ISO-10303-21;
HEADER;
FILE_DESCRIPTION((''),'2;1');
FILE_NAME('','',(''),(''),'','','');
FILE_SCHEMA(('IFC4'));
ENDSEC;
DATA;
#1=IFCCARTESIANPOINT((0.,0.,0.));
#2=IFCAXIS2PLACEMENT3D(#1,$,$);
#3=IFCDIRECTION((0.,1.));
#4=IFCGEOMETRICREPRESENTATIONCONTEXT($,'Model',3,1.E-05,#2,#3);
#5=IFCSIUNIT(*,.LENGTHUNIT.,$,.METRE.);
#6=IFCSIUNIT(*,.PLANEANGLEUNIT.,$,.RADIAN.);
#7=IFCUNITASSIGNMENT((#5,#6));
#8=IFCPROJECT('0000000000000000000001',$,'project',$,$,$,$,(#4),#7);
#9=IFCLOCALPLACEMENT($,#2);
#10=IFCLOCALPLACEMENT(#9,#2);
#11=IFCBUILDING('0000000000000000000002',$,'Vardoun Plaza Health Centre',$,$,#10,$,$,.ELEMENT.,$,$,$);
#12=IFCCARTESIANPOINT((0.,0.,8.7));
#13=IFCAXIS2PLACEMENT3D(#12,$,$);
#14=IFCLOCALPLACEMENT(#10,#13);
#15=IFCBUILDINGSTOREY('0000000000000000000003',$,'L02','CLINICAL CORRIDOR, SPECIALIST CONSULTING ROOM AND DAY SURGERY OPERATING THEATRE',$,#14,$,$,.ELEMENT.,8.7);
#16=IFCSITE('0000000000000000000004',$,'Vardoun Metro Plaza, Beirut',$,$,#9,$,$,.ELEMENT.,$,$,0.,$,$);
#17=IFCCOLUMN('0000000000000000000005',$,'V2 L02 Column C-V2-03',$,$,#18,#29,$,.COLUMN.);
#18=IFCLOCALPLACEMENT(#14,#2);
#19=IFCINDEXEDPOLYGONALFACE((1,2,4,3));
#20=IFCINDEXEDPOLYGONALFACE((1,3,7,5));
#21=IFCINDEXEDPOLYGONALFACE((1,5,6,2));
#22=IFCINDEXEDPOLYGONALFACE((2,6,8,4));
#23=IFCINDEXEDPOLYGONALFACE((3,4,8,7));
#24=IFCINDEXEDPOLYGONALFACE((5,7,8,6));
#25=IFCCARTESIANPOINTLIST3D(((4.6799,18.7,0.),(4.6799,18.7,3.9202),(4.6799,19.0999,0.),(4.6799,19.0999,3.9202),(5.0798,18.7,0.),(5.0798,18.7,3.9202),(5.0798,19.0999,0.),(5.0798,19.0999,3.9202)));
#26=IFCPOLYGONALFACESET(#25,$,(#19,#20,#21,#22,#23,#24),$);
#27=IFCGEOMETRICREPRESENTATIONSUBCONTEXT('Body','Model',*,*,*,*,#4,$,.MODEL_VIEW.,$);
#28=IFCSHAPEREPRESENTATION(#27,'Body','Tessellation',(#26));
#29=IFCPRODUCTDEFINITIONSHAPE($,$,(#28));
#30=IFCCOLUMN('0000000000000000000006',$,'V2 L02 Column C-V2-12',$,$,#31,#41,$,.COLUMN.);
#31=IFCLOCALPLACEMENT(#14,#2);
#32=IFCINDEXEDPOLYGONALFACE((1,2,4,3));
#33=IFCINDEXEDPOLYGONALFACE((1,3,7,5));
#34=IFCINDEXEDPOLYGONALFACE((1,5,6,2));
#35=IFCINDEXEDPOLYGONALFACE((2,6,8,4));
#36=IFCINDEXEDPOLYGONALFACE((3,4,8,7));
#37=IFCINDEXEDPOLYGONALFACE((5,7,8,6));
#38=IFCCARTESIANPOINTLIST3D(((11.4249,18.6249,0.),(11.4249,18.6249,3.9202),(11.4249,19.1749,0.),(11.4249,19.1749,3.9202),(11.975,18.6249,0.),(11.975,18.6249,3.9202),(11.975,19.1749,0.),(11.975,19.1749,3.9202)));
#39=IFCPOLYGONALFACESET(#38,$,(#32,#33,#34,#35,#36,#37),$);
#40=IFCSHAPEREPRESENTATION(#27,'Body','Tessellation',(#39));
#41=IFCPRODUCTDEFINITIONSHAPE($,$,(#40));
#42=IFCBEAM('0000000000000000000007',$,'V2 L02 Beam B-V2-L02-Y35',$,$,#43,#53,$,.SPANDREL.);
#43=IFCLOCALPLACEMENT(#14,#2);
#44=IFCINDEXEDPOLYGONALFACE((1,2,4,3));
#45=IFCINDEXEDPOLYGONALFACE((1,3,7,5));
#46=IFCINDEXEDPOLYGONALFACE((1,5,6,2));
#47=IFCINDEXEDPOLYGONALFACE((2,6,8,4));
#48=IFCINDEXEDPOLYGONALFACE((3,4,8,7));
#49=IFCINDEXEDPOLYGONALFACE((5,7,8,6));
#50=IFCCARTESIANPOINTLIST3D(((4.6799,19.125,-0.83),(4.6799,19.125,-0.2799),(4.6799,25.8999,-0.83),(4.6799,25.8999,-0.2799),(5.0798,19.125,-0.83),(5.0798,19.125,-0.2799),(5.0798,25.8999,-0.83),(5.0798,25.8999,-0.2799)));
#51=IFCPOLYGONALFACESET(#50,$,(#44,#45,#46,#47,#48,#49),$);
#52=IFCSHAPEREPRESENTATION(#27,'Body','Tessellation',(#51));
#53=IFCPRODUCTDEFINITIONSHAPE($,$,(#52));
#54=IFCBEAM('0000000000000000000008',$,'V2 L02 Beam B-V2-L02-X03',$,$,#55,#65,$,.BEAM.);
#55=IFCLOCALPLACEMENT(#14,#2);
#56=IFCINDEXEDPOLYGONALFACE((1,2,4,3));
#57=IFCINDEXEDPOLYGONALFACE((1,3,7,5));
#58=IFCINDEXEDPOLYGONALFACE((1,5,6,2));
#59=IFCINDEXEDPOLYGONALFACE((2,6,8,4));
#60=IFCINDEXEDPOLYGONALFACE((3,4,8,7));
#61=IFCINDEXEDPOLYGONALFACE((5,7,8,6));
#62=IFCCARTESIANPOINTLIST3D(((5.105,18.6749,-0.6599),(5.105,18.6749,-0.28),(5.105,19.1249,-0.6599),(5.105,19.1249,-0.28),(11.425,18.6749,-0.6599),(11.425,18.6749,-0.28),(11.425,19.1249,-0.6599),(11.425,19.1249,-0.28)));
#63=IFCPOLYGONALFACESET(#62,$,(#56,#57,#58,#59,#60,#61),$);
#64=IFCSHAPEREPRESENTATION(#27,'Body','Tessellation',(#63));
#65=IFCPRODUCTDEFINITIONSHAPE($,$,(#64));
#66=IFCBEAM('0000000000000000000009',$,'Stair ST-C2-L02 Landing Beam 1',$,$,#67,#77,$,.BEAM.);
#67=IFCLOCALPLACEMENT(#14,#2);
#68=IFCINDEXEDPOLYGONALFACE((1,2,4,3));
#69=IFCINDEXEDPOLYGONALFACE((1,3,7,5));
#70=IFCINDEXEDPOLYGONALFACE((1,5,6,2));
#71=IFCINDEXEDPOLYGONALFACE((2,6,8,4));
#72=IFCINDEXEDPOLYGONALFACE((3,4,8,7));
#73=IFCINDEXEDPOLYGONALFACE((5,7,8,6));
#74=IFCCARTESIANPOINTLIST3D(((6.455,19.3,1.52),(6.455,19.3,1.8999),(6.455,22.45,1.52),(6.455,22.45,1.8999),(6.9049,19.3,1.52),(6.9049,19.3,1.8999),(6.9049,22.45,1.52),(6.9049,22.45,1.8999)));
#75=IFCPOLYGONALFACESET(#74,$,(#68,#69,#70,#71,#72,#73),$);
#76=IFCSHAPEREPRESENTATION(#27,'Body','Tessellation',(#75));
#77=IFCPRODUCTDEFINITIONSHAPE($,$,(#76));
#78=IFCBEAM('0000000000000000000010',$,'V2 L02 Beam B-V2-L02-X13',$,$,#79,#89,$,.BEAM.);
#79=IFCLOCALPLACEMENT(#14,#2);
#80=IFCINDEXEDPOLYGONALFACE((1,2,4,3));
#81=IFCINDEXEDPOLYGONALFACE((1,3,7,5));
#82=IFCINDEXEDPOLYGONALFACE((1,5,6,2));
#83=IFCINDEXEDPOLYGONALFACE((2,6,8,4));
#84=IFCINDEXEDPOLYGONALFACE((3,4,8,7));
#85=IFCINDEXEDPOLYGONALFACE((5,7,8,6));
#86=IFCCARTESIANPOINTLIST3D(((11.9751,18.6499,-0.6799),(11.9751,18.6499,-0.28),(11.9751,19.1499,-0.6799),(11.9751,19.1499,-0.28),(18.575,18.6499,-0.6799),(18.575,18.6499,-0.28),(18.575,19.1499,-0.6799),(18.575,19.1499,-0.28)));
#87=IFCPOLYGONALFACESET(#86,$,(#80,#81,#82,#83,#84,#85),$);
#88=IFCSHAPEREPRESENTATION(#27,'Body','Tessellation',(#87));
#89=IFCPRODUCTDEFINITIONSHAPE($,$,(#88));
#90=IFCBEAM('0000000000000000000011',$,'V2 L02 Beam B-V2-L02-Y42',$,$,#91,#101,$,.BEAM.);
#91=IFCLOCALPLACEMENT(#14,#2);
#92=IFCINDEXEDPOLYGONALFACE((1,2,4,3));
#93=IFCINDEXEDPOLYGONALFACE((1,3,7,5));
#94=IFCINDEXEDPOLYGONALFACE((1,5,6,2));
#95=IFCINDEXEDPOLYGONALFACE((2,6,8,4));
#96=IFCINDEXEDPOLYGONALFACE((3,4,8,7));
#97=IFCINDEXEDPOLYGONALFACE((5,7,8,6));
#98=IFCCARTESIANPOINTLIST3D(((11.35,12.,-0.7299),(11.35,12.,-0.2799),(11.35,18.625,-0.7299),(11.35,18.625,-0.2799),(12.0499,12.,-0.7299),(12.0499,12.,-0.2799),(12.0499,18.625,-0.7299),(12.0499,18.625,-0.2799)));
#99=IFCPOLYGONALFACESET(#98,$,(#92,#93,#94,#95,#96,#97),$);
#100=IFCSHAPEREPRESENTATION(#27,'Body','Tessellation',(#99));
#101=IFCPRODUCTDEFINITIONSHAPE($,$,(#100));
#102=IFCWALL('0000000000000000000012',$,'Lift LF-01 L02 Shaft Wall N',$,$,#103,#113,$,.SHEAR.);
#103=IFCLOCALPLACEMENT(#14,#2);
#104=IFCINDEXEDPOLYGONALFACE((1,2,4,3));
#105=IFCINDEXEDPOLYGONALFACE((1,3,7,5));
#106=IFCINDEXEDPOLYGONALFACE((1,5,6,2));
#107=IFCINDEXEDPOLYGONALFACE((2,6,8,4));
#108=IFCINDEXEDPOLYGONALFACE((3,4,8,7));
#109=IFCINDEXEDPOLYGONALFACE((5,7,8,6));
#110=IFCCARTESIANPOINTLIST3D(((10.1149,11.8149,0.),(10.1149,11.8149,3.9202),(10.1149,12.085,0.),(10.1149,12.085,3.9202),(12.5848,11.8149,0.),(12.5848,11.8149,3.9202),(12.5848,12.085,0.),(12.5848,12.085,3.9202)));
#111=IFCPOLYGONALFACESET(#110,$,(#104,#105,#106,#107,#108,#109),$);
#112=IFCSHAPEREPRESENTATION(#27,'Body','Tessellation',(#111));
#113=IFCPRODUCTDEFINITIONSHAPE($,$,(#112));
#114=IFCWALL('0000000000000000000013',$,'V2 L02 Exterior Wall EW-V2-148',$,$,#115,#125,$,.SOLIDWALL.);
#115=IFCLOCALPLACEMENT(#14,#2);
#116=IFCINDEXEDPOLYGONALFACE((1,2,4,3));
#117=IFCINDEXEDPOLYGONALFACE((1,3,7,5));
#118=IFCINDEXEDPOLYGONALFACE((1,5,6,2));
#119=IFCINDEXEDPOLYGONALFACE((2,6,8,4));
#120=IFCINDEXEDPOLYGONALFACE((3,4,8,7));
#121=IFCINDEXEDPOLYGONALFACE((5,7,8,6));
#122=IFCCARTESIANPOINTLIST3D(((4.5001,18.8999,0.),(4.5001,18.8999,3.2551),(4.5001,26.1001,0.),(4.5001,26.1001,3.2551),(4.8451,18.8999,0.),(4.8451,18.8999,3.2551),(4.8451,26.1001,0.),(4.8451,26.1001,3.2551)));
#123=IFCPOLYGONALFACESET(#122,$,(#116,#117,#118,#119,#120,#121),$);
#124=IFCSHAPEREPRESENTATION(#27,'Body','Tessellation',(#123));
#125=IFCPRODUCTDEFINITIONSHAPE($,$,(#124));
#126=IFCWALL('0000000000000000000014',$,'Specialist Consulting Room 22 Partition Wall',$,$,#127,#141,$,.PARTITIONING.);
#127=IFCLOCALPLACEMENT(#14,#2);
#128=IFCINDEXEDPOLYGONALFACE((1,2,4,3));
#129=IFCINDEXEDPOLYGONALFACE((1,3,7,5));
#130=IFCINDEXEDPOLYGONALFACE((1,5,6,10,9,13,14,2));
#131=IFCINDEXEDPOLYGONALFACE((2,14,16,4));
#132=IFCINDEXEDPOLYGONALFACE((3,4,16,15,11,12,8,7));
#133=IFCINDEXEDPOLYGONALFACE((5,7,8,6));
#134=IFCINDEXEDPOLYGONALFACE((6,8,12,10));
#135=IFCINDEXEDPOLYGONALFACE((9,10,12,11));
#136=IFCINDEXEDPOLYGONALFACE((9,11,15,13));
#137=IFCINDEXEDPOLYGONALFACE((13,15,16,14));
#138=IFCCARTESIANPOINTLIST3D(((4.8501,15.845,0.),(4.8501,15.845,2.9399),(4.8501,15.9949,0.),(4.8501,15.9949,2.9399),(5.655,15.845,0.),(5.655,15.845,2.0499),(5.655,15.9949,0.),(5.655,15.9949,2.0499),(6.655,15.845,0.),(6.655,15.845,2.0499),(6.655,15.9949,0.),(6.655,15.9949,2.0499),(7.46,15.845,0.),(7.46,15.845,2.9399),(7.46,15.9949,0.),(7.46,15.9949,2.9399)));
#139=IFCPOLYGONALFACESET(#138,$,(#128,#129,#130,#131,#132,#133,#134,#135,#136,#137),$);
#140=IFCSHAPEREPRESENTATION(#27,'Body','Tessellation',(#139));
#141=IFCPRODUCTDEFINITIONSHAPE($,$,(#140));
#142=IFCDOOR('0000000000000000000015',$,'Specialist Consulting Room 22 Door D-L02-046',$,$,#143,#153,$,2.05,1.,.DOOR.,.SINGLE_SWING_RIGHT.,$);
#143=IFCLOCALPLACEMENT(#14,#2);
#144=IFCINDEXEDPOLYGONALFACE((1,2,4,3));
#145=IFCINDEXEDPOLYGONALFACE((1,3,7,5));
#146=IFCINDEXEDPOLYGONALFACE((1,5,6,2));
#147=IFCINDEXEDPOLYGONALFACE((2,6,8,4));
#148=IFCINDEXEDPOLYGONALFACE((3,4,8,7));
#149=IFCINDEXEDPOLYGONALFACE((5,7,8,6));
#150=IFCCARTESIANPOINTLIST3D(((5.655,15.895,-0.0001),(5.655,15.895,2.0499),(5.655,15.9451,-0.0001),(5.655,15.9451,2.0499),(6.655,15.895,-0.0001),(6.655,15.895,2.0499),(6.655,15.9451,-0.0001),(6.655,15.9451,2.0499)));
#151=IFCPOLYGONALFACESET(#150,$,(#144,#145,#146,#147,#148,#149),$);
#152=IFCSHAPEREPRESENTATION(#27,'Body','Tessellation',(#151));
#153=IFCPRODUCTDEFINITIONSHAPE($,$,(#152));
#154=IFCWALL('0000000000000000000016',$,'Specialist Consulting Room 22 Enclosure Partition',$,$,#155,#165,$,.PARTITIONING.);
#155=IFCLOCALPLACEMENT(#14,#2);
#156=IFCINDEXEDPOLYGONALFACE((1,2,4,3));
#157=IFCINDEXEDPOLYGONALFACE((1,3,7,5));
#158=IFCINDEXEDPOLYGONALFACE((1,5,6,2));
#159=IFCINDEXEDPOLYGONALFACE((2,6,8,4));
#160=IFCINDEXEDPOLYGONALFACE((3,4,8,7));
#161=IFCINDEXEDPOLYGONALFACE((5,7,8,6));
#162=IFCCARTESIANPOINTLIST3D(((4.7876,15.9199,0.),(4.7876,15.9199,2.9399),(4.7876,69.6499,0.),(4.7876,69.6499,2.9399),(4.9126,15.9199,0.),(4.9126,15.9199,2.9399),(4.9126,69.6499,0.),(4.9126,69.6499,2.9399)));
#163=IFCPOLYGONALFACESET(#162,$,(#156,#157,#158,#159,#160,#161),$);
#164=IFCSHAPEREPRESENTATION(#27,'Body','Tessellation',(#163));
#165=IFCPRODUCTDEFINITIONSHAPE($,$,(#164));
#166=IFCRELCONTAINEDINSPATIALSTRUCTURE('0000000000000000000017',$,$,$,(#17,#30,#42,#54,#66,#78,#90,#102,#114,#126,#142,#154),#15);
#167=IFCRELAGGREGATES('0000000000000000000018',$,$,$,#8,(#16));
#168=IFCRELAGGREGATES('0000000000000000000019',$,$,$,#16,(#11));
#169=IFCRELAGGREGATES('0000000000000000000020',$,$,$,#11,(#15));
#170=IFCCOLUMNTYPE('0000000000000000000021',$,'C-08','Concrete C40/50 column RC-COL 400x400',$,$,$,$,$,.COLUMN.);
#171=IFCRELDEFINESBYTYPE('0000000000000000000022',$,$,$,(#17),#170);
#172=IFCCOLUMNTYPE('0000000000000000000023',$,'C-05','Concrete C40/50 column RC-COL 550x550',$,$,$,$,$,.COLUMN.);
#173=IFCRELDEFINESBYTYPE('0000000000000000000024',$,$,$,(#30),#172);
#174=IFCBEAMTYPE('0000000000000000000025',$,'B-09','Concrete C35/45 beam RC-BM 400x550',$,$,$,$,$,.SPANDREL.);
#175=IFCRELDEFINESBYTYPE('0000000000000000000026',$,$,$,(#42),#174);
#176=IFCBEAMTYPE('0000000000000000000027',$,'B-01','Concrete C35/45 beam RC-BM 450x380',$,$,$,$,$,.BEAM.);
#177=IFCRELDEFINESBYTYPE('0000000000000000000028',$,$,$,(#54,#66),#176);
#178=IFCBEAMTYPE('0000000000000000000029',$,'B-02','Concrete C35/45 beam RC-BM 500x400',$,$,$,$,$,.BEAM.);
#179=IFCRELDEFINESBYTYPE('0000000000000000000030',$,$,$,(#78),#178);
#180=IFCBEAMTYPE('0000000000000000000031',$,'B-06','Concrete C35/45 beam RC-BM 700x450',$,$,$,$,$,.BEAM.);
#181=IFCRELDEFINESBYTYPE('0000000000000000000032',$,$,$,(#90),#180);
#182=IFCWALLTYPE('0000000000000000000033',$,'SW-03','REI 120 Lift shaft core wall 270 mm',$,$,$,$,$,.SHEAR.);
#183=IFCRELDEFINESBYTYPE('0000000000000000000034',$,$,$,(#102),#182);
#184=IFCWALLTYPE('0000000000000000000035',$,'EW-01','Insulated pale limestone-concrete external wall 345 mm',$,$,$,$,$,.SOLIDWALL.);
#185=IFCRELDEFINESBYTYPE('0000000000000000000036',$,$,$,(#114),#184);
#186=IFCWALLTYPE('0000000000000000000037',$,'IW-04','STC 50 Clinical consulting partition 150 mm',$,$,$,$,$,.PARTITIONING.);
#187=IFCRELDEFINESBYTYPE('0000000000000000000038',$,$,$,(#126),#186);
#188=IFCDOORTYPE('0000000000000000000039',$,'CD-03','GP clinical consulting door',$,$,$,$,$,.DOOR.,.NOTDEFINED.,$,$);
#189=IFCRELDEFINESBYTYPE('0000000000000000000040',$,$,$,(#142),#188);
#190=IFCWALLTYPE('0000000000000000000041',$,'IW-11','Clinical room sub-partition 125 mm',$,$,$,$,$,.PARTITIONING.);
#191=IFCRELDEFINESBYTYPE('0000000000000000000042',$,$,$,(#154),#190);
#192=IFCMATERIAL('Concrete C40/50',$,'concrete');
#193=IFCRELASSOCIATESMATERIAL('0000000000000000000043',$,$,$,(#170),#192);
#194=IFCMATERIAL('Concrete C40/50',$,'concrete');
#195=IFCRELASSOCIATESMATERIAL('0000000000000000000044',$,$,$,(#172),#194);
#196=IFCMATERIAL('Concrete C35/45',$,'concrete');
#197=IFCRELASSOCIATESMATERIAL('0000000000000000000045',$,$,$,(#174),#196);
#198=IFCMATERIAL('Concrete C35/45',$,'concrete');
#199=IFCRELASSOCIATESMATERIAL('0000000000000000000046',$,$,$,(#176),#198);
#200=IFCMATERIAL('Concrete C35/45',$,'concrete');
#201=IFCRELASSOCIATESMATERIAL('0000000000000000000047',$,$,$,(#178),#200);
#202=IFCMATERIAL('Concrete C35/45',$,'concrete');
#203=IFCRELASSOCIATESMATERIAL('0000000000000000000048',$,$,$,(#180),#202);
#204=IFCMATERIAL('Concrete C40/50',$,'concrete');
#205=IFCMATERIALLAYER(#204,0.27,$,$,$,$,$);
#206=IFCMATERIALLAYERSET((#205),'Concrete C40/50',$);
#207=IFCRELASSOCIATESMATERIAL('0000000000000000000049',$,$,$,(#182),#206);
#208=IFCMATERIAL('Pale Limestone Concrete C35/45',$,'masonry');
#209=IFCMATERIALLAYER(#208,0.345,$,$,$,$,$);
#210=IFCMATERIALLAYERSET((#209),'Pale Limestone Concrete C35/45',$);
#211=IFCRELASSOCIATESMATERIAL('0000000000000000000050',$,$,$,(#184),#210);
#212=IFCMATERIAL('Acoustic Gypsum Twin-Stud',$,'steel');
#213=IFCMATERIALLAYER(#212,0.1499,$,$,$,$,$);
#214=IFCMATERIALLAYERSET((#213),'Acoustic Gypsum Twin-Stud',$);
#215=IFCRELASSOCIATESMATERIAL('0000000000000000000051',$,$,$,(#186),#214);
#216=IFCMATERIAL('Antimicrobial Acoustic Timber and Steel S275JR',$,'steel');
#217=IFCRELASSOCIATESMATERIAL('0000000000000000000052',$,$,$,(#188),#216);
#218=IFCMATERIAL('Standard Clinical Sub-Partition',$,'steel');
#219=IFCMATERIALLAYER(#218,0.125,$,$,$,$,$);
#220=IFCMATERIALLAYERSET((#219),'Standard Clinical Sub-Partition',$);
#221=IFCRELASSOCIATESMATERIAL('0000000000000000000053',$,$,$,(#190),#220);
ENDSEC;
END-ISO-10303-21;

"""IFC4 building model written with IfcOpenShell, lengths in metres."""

from ifc_helpers import new_model, si_unit, direction, frame, frame_2d, origin, origin_2d, place, context, subcontext, project, spatial, rectangle, extrude, material, layer, layer_set, material_profile, profile_set, type_object, element, fill, save


model = new_model("IFC4")

# Units and contexts
model_context = context("Model", 3, precision=1e-05, world=origin(), true_north=direction((0.0, 1.0)))
body_context = subcontext(model_context, "Body", "Model", "MODEL_VIEW")
ifc_project = project(units=[si_unit("LENGTHUNIT", "METRE"), si_unit("PLANEANGLEUNIT", "RADIAN")], contexts=[model_context])

# Site, building, storey
site_placement = place(None, origin())
site = spatial("IfcSite", under=ifc_project, at=site_placement, Name="Vardoun Metro Plaza, Beirut", CompositionType="ELEMENT", RefElevation=0.0)
building_placement = place(site_placement, origin())
building = spatial("IfcBuilding", under=site, at=building_placement, Name="Vardoun Plaza Health Centre", CompositionType="ELEMENT")
storey_placement = place(building_placement, frame((0.0, 0.0, 8.7)))
storey = spatial("IfcBuildingStorey", under=building, at=storey_placement, Name="L02", Description="CLINICAL CORRIDOR, SPECIALIST CONSULTING ROOM AND DAY SURGERY OPERATING THEATRE", CompositionType="ELEMENT", Elevation=8.7)

# Columns
ifc_material_1 = material(Name="Concrete C40/50", Category="concrete")
ifc_material_profile_1 = material_profile(ifc_material_1, rectangle(XDim=0.3999, YDim=0.3999, at=origin_2d()), Name="RC-COL 400x400")
ifc_profile_set_1 = profile_set([ifc_material_profile_1], Name="Concrete C40/50")
column_type_1 = type_object("IfcColumnType", Name="C-08", Description="Concrete C40/50 column RC-COL 400x400", PredefinedType="COLUMN", material=ifc_profile_set_1)
column_1_placement = place(storey_placement, frame((4.8799, 18.8999, 0.0), z_axis=(0.0, 0.0, 1.0), x_axis=(1.0, 0.0, 0.0)))
element("IfcColumn", 1, at=column_1_placement, inside=storey, type_object=column_type_1, Name="V2 L02 Column C-V2-03", PredefinedType="COLUMN", context=body_context, shape_type="SweptSolid", body=[
    extrude(rectangle(XDim=0.3999, YDim=0.3999, at=origin_2d()), origin(), (0.0, 0.0, 1.0), 3.9202),
])
ifc_material_2 = material(Name="Concrete C40/50", Category="concrete")
ifc_material_profile_2 = material_profile(ifc_material_2, rectangle(XDim=0.55, YDim=0.55, at=origin_2d()), Name="RC-COL 550x550")
ifc_profile_set_2 = profile_set([ifc_material_profile_2], Name="Concrete C40/50")
column_type_2 = type_object("IfcColumnType", Name="C-05", Description="Concrete C40/50 column RC-COL 550x550", PredefinedType="COLUMN", material=ifc_profile_set_2)
column_2_placement = place(storey_placement, frame((11.7, 18.8999, 0.0), z_axis=(0.0, 0.0, 1.0), x_axis=(1.0, 0.0, 0.0)))
element("IfcColumn", 2, at=column_2_placement, inside=storey, type_object=column_type_2, Name="V2 L02 Column C-V2-12", PredefinedType="COLUMN", context=body_context, shape_type="SweptSolid", body=[
    extrude(rectangle(XDim=0.55, YDim=0.55, at=origin_2d()), origin(), (0.0, 0.0, 1.0), 3.9202),
])

# Beams
ifc_material_3 = material(Name="Concrete C35/45", Category="concrete")
ifc_material_profile_3 = material_profile(ifc_material_3, rectangle(XDim=0.3999, YDim=0.55, at=origin_2d()), Name="RC-BM 400x550")
ifc_profile_set_3 = profile_set([ifc_material_profile_3], Name="Concrete C35/45")
beam_type_1 = type_object("IfcBeamType", Name="B-09", Description="Concrete C35/45 beam RC-BM 400x550", PredefinedType="SPANDREL", material=ifc_profile_set_3)
beam_1_placement = place(storey_placement, frame((4.8799, 19.125, -0.5549), z_axis=(0.0, 1.0, 0.0), x_axis=(-1.0, 0.0, 0.0)))
element("IfcBeam", 3, at=beam_1_placement, inside=storey, type_object=beam_type_1, Name="V2 L02 Beam B-V2-L02-Y35", PredefinedType="SPANDREL", context=body_context, shape_type="SweptSolid", body=[
    extrude(rectangle(XDim=0.3999, YDim=0.55, at=origin_2d()), origin(), (0.0, 0.0, 1.0), 6.7749),
])
ifc_material_4 = material(Name="Concrete C35/45", Category="concrete")
ifc_material_profile_4 = material_profile(ifc_material_4, rectangle(XDim=0.45, YDim=0.3799, at=origin_2d()), Name="RC-BM 450x380")
ifc_profile_set_4 = profile_set([ifc_material_profile_4], Name="Concrete C35/45")
beam_type_2 = type_object("IfcBeamType", Name="B-01", Description="Concrete C35/45 beam RC-BM 450x380", PredefinedType="BEAM", material=ifc_profile_set_4)
beam_2_placement = place(storey_placement, frame((5.105, 18.8999, -0.47), z_axis=(1.0, 0.0, 0.0), x_axis=(0.0, 1.0, 0.0)))
element("IfcBeam", 4, at=beam_2_placement, inside=storey, type_object=beam_type_2, Name="V2 L02 Beam B-V2-L02-X03", PredefinedType="BEAM", context=body_context, shape_type="SweptSolid", body=[
    extrude(rectangle(XDim=0.45, YDim=0.3799, at=origin_2d()), origin(), (0.0, 0.0, 1.0), 6.3201),
])
beam_3_placement = place(storey_placement, frame((6.6799, 19.3, 1.71), z_axis=(0.0, 1.0, 0.0), x_axis=(-1.0, 0.0, 0.0)))
element("IfcBeam", 5, at=beam_3_placement, inside=storey, type_object=beam_type_2, Name="Stair ST-C2-L02 Landing Beam 1", PredefinedType="BEAM", context=body_context, shape_type="SweptSolid", body=[
    extrude(rectangle(XDim=0.45, YDim=0.3799, at=origin_2d()), origin(), (0.0, 0.0, 1.0), 3.1499),
])
ifc_material_5 = material(Name="Concrete C35/45", Category="concrete")
ifc_material_profile_5 = material_profile(ifc_material_5, rectangle(XDim=0.5, YDim=0.3999, at=origin_2d()), Name="RC-BM 500x400")
ifc_profile_set_5 = profile_set([ifc_material_profile_5], Name="Concrete C35/45")
beam_type_3 = type_object("IfcBeamType", Name="B-02", Description="Concrete C35/45 beam RC-BM 500x400", PredefinedType="BEAM", material=ifc_profile_set_5)
beam_4_placement = place(storey_placement, frame((11.9751, 18.8999, -0.48), z_axis=(1.0, 0.0, 0.0), x_axis=(0.0, 1.0, 0.0)))
element("IfcBeam", 6, at=beam_4_placement, inside=storey, type_object=beam_type_3, Name="V2 L02 Beam B-V2-L02-X13", PredefinedType="BEAM", context=body_context, shape_type="SweptSolid", body=[
    extrude(rectangle(XDim=0.5, YDim=0.3999, at=origin_2d()), origin(), (0.0, 0.0, 1.0), 6.5999),
])
ifc_material_6 = material(Name="Concrete C35/45", Category="concrete")
ifc_material_profile_6 = material_profile(ifc_material_6, rectangle(XDim=0.7, YDim=0.45, at=origin_2d()), Name="RC-BM 700x450")
ifc_profile_set_6 = profile_set([ifc_material_profile_6], Name="Concrete C35/45")
beam_type_4 = type_object("IfcBeamType", Name="B-06", Description="Concrete C35/45 beam RC-BM 700x450", PredefinedType="BEAM", material=ifc_profile_set_6)
beam_5_placement = place(storey_placement, frame((11.7, 12.0, -0.5049), z_axis=(0.0, 1.0, 0.0), x_axis=(-1.0, 0.0, 0.0)))
element("IfcBeam", 7, at=beam_5_placement, inside=storey, type_object=beam_type_4, Name="V2 L02 Beam B-V2-L02-Y42", PredefinedType="BEAM", context=body_context, shape_type="SweptSolid", body=[
    extrude(rectangle(XDim=0.7, YDim=0.45, at=origin_2d()), origin(), (0.0, 0.0, 1.0), 6.625),
])

# Walls
ifc_material_7 = material(Name="Concrete C40/50", Category="concrete")
ifc_layer_1 = layer(ifc_material_7, 0.27)
ifc_layer_set_1 = layer_set([ifc_layer_1], Name="Concrete C40/50")
wall_type_1 = type_object("IfcWallType", Name="SW-03", Description="REI 120 Lift shaft core wall 270 mm", PredefinedType="SHEAR", material=ifc_layer_set_1)
wall_1_placement = place(storey_placement, frame((10.115, 11.95, 0.0), z_axis=(0.0, 0.0, 1.0), x_axis=(1.0, 0.0, 0.0)))
element("IfcWall", 8, at=wall_1_placement, inside=storey, type_object=wall_type_1, Name="Lift LF-01 L02 Shaft Wall N", PredefinedType="SHEAR", context=body_context, shape_type="SweptSolid", body=[
    extrude(rectangle(XDim=2.47, YDim=0.27, at=frame_2d((1.2349, 0.0))), origin(), (0.0, 0.0, 1.0), 3.9202),
])
ifc_material_8 = material(Name="Pale Limestone Concrete C35/45", Category="masonry")
ifc_layer_2 = layer(ifc_material_8, 0.345)
ifc_layer_set_2 = layer_set([ifc_layer_2], Name="Pale Limestone Concrete C35/45")
wall_type_2 = type_object("IfcWallType", Name="EW-01", Description="Insulated pale limestone-concrete external wall 345 mm", PredefinedType="SOLIDWALL", material=ifc_layer_set_2)
wall_2_placement = place(storey_placement, frame((4.6726, 18.8999, 0.0), z_axis=(0.0, 0.0, 1.0), x_axis=(0.0, 1.0, 0.0)))
element("IfcWall", 9, at=wall_2_placement, inside=storey, type_object=wall_type_2, Name="V2 L02 Exterior Wall EW-V2-148", PredefinedType="SOLIDWALL", context=body_context, shape_type="SweptSolid", body=[
    extrude(rectangle(XDim=7.2002, YDim=0.345, at=frame_2d((3.6001, 0.0))), origin(), (0.0, 0.0, 1.0), 3.2551),
])

# Wall, opening, door
ifc_material_9 = material(Name="Acoustic Gypsum Twin-Stud", Category="steel")
ifc_layer_3 = layer(ifc_material_9, 0.1499)
ifc_layer_set_3 = layer_set([ifc_layer_3], Name="Acoustic Gypsum Twin-Stud")
wall_type_3 = type_object("IfcWallType", Name="IW-04", Description="STC 50 Clinical consulting partition 150 mm", PredefinedType="PARTITIONING", material=ifc_layer_set_3)
wall_3_placement = place(storey_placement, frame((7.46, 15.9199, 0.0), z_axis=(0.0, 0.0, 1.0), x_axis=(-1.0, 0.0, 0.0)))
wall_3 = element("IfcWall", 10, at=wall_3_placement, inside=storey, type_object=wall_type_3, Name="Specialist Consulting Room 22 Partition Wall", PredefinedType="PARTITIONING", context=body_context, shape_type="SweptSolid", body=[
    extrude(rectangle(XDim=2.6099, YDim=0.1499, at=frame_2d((1.3049, 0.0))), origin(), (0.0, 0.0, 1.0), 2.9399),
])
opening_1_placement = place(wall_3_placement, frame((0.8049, 0.0, 0.0)))
opening_1 = element("IfcOpeningElement", 11, at=opening_1_placement, cuts=wall_3, PredefinedType="OPENING", context=body_context, shape_type="SweptSolid", body=[
    extrude(rectangle(XDim=1.0, YDim=2.05, at=frame_2d((0.5, 1.0249))), frame((0.0, 0.075, 0.0), z_axis=(0.0, -1.0, 0.0), x_axis=(1.0, 0.0, 0.0)), (0.0, 0.0, 1.0), 0.1499),
])
ifc_material_10 = material(Name="Antimicrobial Acoustic Timber and Steel S275JR", Category="steel")
door_type_1 = type_object("IfcDoorType", Name="CD-03", Description="GP clinical consulting door", OperationType="NOTDEFINED", PredefinedType="DOOR", material=ifc_material_10)
door_1_placement = place(opening_1_placement, origin())
door_1 = element("IfcDoor", 12, at=door_1_placement, inside=storey, type_object=door_type_1, Name="Specialist Consulting Room 22 Door D-L02-046", OperationType="SINGLE_SWING_RIGHT", OverallHeight=2.05, OverallWidth=1.0, PredefinedType="DOOR", context=body_context, shape_type="SweptSolid", body=[
    extrude(rectangle(XDim=1.0, YDim=2.05, at=frame_2d((0.5, 1.0249))), frame((0.0, 0.0249, 0.0), z_axis=(0.0, -1.0, 0.0), x_axis=(1.0, 0.0, 0.0)), (0.0, 0.0, 1.0), 0.05),
])
fill(opening_1, door_1)

# Wall
ifc_material_11 = material(Name="Standard Clinical Sub-Partition", Category="steel")
ifc_layer_4 = layer(ifc_material_11, 0.125)
ifc_layer_set_4 = layer_set([ifc_layer_4], Name="Standard Clinical Sub-Partition")
wall_type_4 = type_object("IfcWallType", Name="IW-11", Description="Clinical room sub-partition 125 mm", PredefinedType="PARTITIONING", material=ifc_layer_set_4)
wall_4_placement = place(storey_placement, frame((4.8501, 15.9199, 0.0), z_axis=(0.0, 0.0, 1.0), x_axis=(0.0, 1.0, 0.0)))
element("IfcWall", 13, at=wall_4_placement, inside=storey, type_object=wall_type_4, Name="Specialist Consulting Room 22 Enclosure Partition", PredefinedType="PARTITIONING", context=body_context, shape_type="SweptSolid", body=[
    extrude(rectangle(XDim=53.73, YDim=0.125, at=frame_2d((26.865, 0.0))), origin(), (0.0, 0.0, 1.0), 2.9399),
])

save(model, "model.ifc")
